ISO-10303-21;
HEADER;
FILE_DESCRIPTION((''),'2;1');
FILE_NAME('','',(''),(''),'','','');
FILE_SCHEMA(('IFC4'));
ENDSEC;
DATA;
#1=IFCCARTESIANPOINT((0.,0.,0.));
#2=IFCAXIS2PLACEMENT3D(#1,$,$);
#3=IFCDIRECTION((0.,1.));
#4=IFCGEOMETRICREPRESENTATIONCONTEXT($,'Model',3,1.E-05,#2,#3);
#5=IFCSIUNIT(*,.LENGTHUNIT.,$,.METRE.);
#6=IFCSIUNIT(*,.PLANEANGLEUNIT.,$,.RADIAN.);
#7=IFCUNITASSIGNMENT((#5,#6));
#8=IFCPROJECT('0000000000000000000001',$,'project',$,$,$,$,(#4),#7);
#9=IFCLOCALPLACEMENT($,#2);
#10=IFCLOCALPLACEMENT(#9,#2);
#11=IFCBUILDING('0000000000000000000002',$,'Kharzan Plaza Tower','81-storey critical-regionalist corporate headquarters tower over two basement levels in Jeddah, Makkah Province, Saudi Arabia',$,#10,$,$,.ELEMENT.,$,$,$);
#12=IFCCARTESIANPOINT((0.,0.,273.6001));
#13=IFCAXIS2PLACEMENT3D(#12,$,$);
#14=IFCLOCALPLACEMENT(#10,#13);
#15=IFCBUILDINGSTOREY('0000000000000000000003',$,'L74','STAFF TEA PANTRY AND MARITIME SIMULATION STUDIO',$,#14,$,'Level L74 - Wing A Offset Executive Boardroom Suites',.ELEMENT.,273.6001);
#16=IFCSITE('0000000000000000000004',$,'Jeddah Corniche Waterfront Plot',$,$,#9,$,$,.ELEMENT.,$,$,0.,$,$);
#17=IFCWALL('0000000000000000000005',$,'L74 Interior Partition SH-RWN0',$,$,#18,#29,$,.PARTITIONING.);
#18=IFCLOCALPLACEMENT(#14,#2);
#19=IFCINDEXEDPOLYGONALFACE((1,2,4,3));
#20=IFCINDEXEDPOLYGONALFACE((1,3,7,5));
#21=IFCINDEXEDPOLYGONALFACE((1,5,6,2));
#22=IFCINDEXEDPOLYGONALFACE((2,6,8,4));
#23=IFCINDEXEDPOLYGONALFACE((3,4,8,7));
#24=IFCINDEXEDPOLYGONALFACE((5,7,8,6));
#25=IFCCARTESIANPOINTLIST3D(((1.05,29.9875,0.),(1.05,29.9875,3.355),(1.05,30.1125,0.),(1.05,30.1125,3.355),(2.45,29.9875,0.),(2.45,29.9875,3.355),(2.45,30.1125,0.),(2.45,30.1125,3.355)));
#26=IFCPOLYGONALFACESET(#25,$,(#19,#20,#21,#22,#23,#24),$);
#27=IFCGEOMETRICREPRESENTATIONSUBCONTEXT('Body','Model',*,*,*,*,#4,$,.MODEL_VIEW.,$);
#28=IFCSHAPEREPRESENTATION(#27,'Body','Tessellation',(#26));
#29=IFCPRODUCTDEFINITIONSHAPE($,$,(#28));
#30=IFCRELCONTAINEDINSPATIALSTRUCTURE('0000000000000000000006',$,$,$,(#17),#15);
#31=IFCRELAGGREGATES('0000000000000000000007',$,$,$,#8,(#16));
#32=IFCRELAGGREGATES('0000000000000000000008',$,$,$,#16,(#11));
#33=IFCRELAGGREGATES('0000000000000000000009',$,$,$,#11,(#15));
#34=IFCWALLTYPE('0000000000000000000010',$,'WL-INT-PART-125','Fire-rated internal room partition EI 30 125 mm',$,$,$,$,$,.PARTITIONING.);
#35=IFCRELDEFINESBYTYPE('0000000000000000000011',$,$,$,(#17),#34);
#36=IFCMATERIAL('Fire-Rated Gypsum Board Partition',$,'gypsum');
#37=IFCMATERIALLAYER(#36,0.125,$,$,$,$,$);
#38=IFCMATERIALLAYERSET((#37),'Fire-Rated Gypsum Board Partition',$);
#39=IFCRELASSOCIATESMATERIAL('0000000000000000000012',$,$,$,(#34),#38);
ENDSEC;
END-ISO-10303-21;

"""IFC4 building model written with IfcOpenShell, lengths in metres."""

from ifc_helpers import new_model, si_unit, direction, frame, frame_2d, origin, place, context, subcontext, project, spatial, rectangle, extrude, source, transform, mapped, material, layer, layer_set, type_object, element, save


model = new_model("IFC4")

# Units and contexts
model_context = context("Model", 3, precision=1e-05, world=origin(), true_north=direction((0.0, 1.0)))
body_context = subcontext(model_context, "Body", "Model", "MODEL_VIEW")
ifc_project = project(units=[si_unit("LENGTHUNIT", "METRE"), si_unit("PLANEANGLEUNIT", "RADIAN")], contexts=[model_context])

# Site, building, storey
site_placement = place(None, origin())
site = spatial("IfcSite", under=ifc_project, at=site_placement, Name="Jeddah Corniche Waterfront Plot", CompositionType="ELEMENT", RefElevation=0.0)
building_placement = place(site_placement, origin())
building = spatial("IfcBuilding", under=site, at=building_placement, Name="Kharzan Plaza Tower", Description="81-storey critical-regionalist corporate headquarters tower over two basement levels in Jeddah, Makkah Province, Saudi Arabia", CompositionType="ELEMENT")
storey_placement = place(building_placement, frame((0.0, 0.0, 273.6001)))
storey = spatial("IfcBuildingStorey", under=building, at=storey_placement, Name="L74", Description="STAFF TEA PANTRY AND MARITIME SIMULATION STUDIO", LongName="Level L74 - Wing A Offset Executive Boardroom Suites", CompositionType="ELEMENT", Elevation=273.6001)

# Shared definitions
ifc_material_1 = material(Name="Fire-Rated Gypsum Board Partition", Category="gypsum")
ifc_layer_1 = layer(ifc_material_1, 0.125)
ifc_layer_set_1 = layer_set([ifc_layer_1], Name="Fire-Rated Gypsum Board Partition")
wall_type_1 = type_object("IfcWallType", Name="WL-INT-PART-125", Description="Fire-rated internal room partition EI 30 125 mm", PredefinedType="PARTITIONING", material=ifc_layer_set_1)

# Wall
shared_shape_1 = source(origin(), body_context, "Body", "SweptSolid", [
    extrude(rectangle(XDim=1.3999, YDim=0.125, at=frame_2d((0.7, 0.0))), origin(), (0.0, 0.0, 1.0), 3.355),
])
wall_1_placement = place(storey_placement, frame((1.05, 30.05, 0.0), z_axis=(0.0, 0.0, 1.0), x_axis=(1.0, 0.0, 0.0)))
element("IfcWall", 1, at=wall_1_placement, inside=storey, type_object=wall_type_1, Name="L74 Interior Partition SH-RWN0", PredefinedType="PARTITIONING", context=body_context, shape_type="MappedRepresentation", body=[
    mapped(shared_shape_1, transform((0.0, 0.0, 0.0), x_axis=(1.0, 0.0, 0.0), y_axis=(0.0, 1.0, 0.0), z_axis=(0.0, 0.0, 1.0))),
])

save(model, "model.ifc")
